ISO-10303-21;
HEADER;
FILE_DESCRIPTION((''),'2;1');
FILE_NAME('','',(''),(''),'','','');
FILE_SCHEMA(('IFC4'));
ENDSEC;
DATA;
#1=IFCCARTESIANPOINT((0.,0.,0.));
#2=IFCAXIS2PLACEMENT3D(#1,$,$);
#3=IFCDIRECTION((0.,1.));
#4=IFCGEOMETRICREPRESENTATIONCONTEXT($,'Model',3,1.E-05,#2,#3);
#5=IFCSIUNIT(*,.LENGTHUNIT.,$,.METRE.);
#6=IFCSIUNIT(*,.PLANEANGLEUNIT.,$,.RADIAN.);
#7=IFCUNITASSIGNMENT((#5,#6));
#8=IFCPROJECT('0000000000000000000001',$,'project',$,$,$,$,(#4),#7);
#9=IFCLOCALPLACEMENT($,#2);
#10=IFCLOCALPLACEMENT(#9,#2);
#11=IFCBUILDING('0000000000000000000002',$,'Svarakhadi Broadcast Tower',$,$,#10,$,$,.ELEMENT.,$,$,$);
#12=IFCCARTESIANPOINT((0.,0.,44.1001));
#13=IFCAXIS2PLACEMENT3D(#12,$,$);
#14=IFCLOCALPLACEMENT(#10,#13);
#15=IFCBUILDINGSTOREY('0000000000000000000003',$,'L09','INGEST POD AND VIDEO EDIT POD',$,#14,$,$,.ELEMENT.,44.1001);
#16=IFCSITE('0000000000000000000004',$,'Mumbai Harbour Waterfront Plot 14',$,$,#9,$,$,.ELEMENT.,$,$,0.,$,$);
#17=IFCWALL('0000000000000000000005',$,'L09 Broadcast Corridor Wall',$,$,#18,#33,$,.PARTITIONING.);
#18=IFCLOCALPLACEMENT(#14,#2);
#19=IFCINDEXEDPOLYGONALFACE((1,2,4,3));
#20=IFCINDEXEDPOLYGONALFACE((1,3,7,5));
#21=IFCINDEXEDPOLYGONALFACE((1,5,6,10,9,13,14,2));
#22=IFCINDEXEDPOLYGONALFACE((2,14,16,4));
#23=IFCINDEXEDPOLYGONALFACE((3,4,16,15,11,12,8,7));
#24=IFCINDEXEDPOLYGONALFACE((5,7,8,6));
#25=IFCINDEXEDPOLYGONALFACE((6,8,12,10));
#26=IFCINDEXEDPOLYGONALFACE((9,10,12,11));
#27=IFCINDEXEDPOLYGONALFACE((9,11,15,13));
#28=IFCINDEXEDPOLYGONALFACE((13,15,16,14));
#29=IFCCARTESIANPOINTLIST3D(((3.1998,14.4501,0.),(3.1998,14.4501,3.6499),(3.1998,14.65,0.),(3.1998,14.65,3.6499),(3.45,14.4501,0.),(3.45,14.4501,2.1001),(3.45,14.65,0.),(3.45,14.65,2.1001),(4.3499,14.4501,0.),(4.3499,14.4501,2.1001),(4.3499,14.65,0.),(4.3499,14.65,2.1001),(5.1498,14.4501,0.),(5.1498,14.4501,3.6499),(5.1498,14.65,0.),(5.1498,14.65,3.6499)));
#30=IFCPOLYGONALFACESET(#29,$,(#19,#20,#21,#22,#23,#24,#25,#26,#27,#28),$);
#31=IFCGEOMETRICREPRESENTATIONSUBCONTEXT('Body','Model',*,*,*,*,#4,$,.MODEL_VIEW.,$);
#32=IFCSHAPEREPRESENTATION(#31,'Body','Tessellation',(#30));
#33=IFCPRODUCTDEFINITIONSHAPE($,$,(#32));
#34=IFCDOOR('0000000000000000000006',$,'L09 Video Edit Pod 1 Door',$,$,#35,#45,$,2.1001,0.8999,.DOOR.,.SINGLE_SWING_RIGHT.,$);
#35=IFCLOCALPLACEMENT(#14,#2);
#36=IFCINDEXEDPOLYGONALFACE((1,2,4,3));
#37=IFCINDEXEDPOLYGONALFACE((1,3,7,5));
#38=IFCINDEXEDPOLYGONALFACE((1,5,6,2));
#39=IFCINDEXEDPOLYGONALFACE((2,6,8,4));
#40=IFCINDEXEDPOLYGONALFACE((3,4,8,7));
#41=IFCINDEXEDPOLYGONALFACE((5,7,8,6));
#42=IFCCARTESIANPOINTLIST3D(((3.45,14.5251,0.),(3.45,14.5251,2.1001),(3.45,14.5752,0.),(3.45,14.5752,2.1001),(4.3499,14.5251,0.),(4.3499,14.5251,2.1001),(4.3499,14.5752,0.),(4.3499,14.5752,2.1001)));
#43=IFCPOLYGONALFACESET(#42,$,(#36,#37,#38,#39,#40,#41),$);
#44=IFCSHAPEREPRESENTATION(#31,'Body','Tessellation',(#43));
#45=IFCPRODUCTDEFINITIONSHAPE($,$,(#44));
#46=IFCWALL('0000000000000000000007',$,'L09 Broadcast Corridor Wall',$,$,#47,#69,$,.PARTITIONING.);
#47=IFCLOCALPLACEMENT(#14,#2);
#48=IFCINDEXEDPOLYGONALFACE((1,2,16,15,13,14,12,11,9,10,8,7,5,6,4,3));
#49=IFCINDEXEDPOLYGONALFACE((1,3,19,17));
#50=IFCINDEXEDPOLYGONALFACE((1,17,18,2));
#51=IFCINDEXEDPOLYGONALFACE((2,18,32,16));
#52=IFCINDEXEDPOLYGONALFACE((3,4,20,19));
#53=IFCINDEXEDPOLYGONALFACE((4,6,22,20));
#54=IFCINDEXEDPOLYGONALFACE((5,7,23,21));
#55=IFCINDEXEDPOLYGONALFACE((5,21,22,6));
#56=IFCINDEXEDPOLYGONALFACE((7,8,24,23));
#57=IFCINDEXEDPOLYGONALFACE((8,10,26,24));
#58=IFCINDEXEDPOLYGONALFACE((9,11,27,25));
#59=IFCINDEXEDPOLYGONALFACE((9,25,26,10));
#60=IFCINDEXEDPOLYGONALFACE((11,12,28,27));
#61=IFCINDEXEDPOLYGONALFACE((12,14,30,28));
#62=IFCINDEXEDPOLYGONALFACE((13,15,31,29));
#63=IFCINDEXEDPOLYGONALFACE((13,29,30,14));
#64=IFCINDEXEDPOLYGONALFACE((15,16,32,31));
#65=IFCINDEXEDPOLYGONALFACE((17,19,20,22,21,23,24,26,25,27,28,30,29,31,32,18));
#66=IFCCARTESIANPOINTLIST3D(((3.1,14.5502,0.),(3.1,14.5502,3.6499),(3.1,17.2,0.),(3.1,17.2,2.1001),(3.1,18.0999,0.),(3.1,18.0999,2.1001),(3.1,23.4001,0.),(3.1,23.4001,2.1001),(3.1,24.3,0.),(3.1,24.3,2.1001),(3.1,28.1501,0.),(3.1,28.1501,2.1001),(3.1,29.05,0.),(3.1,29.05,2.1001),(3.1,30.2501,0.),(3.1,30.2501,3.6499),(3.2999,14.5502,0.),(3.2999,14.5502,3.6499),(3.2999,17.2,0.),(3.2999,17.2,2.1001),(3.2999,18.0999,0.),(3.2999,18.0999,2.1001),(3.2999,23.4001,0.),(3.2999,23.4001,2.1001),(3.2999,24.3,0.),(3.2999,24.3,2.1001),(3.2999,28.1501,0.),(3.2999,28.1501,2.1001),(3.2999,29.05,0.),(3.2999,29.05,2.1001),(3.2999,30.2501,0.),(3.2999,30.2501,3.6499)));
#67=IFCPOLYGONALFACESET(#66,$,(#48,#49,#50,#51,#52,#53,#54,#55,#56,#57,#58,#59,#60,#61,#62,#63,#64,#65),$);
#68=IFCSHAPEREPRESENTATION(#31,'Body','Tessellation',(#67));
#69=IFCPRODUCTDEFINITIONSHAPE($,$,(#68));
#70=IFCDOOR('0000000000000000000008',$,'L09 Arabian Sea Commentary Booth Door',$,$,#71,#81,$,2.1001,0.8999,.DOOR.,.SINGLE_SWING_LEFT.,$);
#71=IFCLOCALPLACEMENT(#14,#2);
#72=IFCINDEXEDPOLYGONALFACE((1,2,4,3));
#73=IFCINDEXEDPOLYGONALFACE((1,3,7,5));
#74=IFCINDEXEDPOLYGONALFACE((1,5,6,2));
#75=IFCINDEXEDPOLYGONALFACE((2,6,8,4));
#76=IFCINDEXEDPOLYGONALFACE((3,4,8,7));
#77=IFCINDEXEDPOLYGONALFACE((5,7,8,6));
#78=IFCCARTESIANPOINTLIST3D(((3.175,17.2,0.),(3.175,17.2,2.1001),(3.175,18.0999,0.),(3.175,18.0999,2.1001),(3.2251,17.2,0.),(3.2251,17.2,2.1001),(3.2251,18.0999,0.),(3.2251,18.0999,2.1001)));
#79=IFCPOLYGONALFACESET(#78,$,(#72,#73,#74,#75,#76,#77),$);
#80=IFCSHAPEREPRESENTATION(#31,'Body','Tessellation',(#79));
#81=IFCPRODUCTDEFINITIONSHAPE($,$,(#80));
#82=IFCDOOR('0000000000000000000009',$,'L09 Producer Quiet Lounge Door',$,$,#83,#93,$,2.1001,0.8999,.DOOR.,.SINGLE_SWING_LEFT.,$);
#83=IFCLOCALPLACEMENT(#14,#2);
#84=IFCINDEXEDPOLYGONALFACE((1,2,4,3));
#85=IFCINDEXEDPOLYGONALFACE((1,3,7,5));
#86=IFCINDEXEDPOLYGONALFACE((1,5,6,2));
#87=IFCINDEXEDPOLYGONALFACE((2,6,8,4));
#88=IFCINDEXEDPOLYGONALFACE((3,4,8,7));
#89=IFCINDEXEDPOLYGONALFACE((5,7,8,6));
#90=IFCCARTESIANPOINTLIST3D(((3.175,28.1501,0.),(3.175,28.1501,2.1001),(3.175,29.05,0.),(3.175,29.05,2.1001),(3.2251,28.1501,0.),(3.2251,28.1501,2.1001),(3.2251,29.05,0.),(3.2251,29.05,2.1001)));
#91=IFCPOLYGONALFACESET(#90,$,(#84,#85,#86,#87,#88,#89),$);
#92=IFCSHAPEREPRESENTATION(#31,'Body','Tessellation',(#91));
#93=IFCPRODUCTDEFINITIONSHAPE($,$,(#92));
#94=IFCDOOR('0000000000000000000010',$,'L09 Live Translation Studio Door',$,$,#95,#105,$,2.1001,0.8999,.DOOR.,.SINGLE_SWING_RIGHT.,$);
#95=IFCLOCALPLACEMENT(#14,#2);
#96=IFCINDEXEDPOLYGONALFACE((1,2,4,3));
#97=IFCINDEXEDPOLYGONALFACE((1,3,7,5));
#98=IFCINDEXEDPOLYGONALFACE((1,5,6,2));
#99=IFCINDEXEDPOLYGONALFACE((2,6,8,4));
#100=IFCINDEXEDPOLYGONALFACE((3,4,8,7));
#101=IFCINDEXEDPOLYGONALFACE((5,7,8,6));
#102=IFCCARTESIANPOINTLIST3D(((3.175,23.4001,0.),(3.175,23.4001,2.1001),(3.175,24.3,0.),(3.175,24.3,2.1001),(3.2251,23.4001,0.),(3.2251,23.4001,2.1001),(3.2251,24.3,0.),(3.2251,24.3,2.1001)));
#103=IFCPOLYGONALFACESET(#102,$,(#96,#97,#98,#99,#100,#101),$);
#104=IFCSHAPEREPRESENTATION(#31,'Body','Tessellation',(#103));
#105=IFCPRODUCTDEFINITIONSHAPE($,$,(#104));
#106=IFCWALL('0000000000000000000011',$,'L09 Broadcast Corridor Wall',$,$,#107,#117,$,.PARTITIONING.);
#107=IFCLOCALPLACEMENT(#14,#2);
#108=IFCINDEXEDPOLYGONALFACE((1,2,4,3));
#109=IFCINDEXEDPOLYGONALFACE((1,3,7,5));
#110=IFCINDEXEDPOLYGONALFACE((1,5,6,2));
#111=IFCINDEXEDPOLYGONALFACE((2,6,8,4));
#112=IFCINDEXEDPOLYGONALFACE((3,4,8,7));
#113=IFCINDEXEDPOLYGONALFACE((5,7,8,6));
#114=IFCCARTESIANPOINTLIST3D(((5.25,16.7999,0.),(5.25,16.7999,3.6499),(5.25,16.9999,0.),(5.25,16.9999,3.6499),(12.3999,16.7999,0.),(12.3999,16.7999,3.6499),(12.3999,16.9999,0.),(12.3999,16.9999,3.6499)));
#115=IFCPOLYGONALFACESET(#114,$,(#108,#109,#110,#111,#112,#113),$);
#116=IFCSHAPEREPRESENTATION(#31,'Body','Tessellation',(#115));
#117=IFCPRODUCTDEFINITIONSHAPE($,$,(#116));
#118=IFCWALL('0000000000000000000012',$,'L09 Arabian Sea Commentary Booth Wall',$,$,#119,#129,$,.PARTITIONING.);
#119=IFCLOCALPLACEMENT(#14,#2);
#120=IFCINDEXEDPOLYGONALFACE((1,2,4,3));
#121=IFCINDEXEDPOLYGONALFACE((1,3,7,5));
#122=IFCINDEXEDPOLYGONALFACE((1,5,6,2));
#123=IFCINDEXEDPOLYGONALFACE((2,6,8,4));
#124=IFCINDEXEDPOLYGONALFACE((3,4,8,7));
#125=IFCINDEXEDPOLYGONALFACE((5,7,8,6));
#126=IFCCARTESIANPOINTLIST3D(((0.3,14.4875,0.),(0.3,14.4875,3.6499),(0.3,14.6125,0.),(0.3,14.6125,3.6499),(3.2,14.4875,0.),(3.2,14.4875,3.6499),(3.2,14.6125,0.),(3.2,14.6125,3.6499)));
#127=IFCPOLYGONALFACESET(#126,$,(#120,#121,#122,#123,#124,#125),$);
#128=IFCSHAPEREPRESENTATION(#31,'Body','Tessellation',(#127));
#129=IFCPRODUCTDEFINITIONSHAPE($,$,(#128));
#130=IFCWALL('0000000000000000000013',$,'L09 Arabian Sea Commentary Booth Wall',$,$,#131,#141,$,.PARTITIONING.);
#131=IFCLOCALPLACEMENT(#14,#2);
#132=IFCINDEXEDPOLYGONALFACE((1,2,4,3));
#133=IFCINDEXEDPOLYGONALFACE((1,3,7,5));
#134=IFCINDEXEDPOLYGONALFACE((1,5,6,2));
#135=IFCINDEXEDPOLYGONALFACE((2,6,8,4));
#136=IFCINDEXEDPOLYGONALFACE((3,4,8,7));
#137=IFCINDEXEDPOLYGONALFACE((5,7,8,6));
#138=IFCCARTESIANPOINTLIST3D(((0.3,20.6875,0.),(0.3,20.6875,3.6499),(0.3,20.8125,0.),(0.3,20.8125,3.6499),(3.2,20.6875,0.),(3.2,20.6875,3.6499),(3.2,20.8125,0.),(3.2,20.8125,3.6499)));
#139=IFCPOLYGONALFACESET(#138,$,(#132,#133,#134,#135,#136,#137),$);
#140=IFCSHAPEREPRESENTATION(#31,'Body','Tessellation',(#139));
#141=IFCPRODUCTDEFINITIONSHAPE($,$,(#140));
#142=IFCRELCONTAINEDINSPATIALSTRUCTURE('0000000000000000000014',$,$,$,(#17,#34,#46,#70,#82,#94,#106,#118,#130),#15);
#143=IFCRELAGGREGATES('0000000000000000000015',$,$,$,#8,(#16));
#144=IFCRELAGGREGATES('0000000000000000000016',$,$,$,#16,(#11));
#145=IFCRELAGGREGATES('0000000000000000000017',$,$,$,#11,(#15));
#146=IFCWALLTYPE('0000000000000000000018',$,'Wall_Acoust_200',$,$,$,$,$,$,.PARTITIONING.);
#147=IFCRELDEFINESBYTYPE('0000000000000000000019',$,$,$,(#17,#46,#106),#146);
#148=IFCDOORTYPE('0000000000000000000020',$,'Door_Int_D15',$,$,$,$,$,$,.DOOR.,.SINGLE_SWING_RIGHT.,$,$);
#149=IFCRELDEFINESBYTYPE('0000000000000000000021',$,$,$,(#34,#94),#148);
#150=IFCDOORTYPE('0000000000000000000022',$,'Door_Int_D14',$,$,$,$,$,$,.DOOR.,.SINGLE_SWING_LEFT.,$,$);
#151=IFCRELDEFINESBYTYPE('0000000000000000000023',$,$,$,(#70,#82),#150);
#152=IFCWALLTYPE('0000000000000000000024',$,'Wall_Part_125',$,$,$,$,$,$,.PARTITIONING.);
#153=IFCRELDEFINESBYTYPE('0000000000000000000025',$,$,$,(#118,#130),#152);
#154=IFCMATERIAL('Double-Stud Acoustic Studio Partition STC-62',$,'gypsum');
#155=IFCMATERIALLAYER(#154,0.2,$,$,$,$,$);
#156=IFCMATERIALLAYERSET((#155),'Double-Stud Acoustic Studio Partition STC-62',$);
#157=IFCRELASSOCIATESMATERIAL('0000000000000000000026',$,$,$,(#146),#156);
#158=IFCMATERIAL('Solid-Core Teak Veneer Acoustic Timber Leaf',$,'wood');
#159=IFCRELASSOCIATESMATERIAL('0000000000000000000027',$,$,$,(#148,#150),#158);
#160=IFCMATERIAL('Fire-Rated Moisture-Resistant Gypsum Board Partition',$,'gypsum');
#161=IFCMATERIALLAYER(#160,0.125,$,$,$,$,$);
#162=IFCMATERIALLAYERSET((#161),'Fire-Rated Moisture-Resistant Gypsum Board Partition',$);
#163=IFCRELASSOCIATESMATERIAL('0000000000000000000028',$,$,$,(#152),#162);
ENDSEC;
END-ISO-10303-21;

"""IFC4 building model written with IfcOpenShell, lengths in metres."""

from ifc_helpers import new_model, si_unit, direction, frame, frame_2d, origin, place, context, subcontext, project, spatial, rectangle, extrude, material, layer, layer_set, type_object, element, fill, save


model = new_model("IFC4")

# Units and contexts
model_context = context("Model", 3, precision=1e-05, world=origin(), true_north=direction((0.0, 1.0)))
body_context = subcontext(model_context, "Body", "Model", "MODEL_VIEW")
ifc_project = project(units=[si_unit("LENGTHUNIT", "METRE"), si_unit("PLANEANGLEUNIT", "RADIAN")], contexts=[model_context])

# Site, building, storey
site_placement = place(None, origin())
site = spatial("IfcSite", under=ifc_project, at=site_placement, Name="Mumbai Harbour Waterfront Plot 14", CompositionType="ELEMENT", RefElevation=0.0)
building_placement = place(site_placement, origin())
building = spatial("IfcBuilding", under=site, at=building_placement, Name="Svarakhadi Broadcast Tower", CompositionType="ELEMENT")
storey_placement = place(building_placement, frame((0.0, 0.0, 44.1001)))
storey = spatial("IfcBuildingStorey", under=building, at=storey_placement, Name="L09", Description="INGEST POD AND VIDEO EDIT POD", CompositionType="ELEMENT", Elevation=44.1001)

# Wall, opening, door
ifc_material_1 = material(Name="Double-Stud Acoustic Studio Partition STC-62", Category="gypsum")
ifc_layer_1 = layer(ifc_material_1, 0.2)
ifc_layer_set_1 = layer_set([ifc_layer_1], Name="Double-Stud Acoustic Studio Partition STC-62")
wall_type_1 = type_object("IfcWallType", Name="Wall_Acoust_200", PredefinedType="PARTITIONING", material=ifc_layer_set_1)
wall_1_placement = place(storey_placement, frame((5.1499, 14.55, 0.0), z_axis=(0.0, 0.0, 1.0), x_axis=(-1.0, 0.0, 0.0)))
wall_1 = element("IfcWall", 1, at=wall_1_placement, inside=storey, type_object=wall_type_1, Name="L09 Broadcast Corridor Wall", PredefinedType="PARTITIONING", context=body_context, shape_type="SweptSolid", body=[
    extrude(rectangle(XDim=1.95, YDim=0.2, at=frame_2d((0.9751, 0.0))), origin(), (0.0, 0.0, 1.0), 3.6499),
])
opening_1_placement = place(wall_1_placement, frame((0.8, 0.0, 0.0)))
opening_1 = element("IfcOpeningElement", 2, at=opening_1_placement, cuts=wall_1, PredefinedType="OPENING", context=body_context, shape_type="SweptSolid", body=[
    extrude(rectangle(XDim=0.8999, YDim=2.1001, at=frame_2d((0.45, 1.05))), frame((0.0, 0.1099, 0.0), z_axis=(0.0, -1.0, 0.0), x_axis=(1.0, 0.0, 0.0)), (0.0, 0.0, 1.0), 0.22),
])
ifc_material_2 = material(Name="Solid-Core Teak Veneer Acoustic Timber Leaf", Category="wood")
door_type_1 = type_object("IfcDoorType", Name="Door_Int_D15", OperationType="SINGLE_SWING_RIGHT", PredefinedType="DOOR", material=ifc_material_2)
door_1_placement = place(opening_1_placement, origin())
door_1 = element("IfcDoor", 3, at=door_1_placement, inside=storey, type_object=door_type_1, Name="L09 Video Edit Pod 1 Door", OperationType="SINGLE_SWING_RIGHT", OverallHeight=2.1001, OverallWidth=0.8999, PredefinedType="DOOR", context=body_context, shape_type="SweptSolid", body=[
    extrude(rectangle(XDim=0.8999, YDim=2.1001, at=frame_2d((0.45, 1.05))), frame((0.0, 0.0249, 0.0), z_axis=(0.0, -1.0, 0.0), x_axis=(1.0, 0.0, 0.0)), (0.0, 0.0, 1.0), 0.05),
])
fill(opening_1, door_1)

# Wall, openings, doors
wall_2_placement = place(storey_placement, frame((3.2, 14.55, 0.0), z_axis=(0.0, 0.0, 1.0), x_axis=(0.0, 1.0, 0.0)))
wall_2 = element("IfcWall", 4, at=wall_2_placement, inside=storey, type_object=wall_type_1, Name="L09 Broadcast Corridor Wall", PredefinedType="PARTITIONING", context=body_context, shape_type="SweptSolid", body=[
    extrude(rectangle(XDim=15.7, YDim=0.2, at=frame_2d((7.8501, 0.0))), origin(), (0.0, 0.0, 1.0), 3.6499),
])
opening_2_placement = place(wall_2_placement, frame((2.6499, 0.0, 0.0)))
opening_2 = element("IfcOpeningElement", 5, at=opening_2_placement, cuts=wall_2, PredefinedType="OPENING", context=body_context, shape_type="SweptSolid", body=[
    extrude(rectangle(XDim=0.8999, YDim=2.1001, at=frame_2d((0.45, 1.05))), frame((0.0, 0.1099, 0.0), z_axis=(0.0, -1.0, 0.0), x_axis=(1.0, 0.0, 0.0)), (0.0, 0.0, 1.0), 0.22),
])
opening_3_placement = place(wall_2_placement, frame((8.8501, 0.0, 0.0)))
opening_3 = element("IfcOpeningElement", 6, at=opening_3_placement, cuts=wall_2, PredefinedType="OPENING", context=body_context, shape_type="SweptSolid", body=[
    extrude(rectangle(XDim=0.8999, YDim=2.1001, at=frame_2d((0.45, 1.05))), frame((0.0, 0.1099, 0.0), z_axis=(0.0, -1.0, 0.0), x_axis=(1.0, 0.0, 0.0)), (0.0, 0.0, 1.0), 0.22),
])
opening_4_placement = place(wall_2_placement, frame((13.6001, 0.0, 0.0)))
opening_4 = element("IfcOpeningElement", 7, at=opening_4_placement, cuts=wall_2, PredefinedType="OPENING", context=body_context, shape_type="SweptSolid", body=[
    extrude(rectangle(XDim=0.8999, YDim=2.1001, at=frame_2d((0.45, 1.05))), frame((0.0, 0.1099, 0.0), z_axis=(0.0, -1.0, 0.0), x_axis=(1.0, 0.0, 0.0)), (0.0, 0.0, 1.0), 0.22),
])
door_type_2 = type_object("IfcDoorType", Name="Door_Int_D14", OperationType="SINGLE_SWING_LEFT", PredefinedType="DOOR", material=ifc_material_2)
door_2_placement = place(opening_2_placement, origin())
door_2 = element("IfcDoor", 8, at=door_2_placement, inside=storey, type_object=door_type_2, Name="L09 Arabian Sea Commentary Booth Door", OperationType="SINGLE_SWING_LEFT", OverallHeight=2.1001, OverallWidth=0.8999, PredefinedType="DOOR", context=body_context, shape_type="SweptSolid", body=[
    extrude(rectangle(XDim=0.8999, YDim=2.1001, at=frame_2d((0.45, 1.05))), frame((0.0, 0.0249, 0.0), z_axis=(0.0, -1.0, 0.0), x_axis=(1.0, 0.0, 0.0)), (0.0, 0.0, 1.0), 0.05),
])
fill(opening_2, door_2)
door_3_placement = place(opening_4_placement, origin())
door_3 = element("IfcDoor", 9, at=door_3_placement, inside=storey, type_object=door_type_2, Name="L09 Producer Quiet Lounge Door", OperationType="SINGLE_SWING_LEFT", OverallHeight=2.1001, OverallWidth=0.8999, PredefinedType="DOOR", context=body_context, shape_type="SweptSolid", body=[
    extrude(rectangle(XDim=0.8999, YDim=2.1001, at=frame_2d((0.45, 1.05))), frame((0.0, 0.0249, 0.0), z_axis=(0.0, -1.0, 0.0), x_axis=(1.0, 0.0, 0.0)), (0.0, 0.0, 1.0), 0.05),
])
fill(opening_4, door_3)
door_4_placement = place(opening_3_placement, origin())
door_4 = element("IfcDoor", 10, at=door_4_placement, inside=storey, type_object=door_type_1, Name="L09 Live Translation Studio Door", OperationType="SINGLE_SWING_RIGHT", OverallHeight=2.1001, OverallWidth=0.8999, PredefinedType="DOOR", context=body_context, shape_type="SweptSolid", body=[
    extrude(rectangle(XDim=0.8999, YDim=2.1001, at=frame_2d((0.45, 1.05))), frame((0.0, 0.0249, 0.0), z_axis=(0.0, -1.0, 0.0), x_axis=(1.0, 0.0, 0.0)), (0.0, 0.0, 1.0), 0.05),
])
fill(opening_3, door_4)

# Walls
wall_3_placement = place(storey_placement, frame((5.25, 16.8999, 0.0), z_axis=(0.0, 0.0, 1.0), x_axis=(1.0, 0.0, 0.0)))
element("IfcWall", 11, at=wall_3_placement, inside=storey, type_object=wall_type_1, Name="L09 Broadcast Corridor Wall", PredefinedType="PARTITIONING", context=body_context, shape_type="SweptSolid", body=[
    extrude(rectangle(XDim=7.1499, YDim=0.2, at=frame_2d((3.575, 0.0))), origin(), (0.0, 0.0, 1.0), 3.6499),
])
ifc_material_3 = material(Name="Fire-Rated Moisture-Resistant Gypsum Board Partition", Category="gypsum")
ifc_layer_2 = layer(ifc_material_3, 0.125)
ifc_layer_set_2 = layer_set([ifc_layer_2], Name="Fire-Rated Moisture-Resistant Gypsum Board Partition")
wall_type_2 = type_object("IfcWallType", Name="Wall_Part_125", PredefinedType="PARTITIONING", material=ifc_layer_set_2)
for number, where, z_axis, x_axis, name in (
    (12, (0.3, 14.55, 0.0), (0.0, 0.0, 1.0), (1.0, 0.0, 0.0), "L09 Arabian Sea Commentary Booth Wall"),
    (13, (0.3, 20.75, 0.0), (0.0, 0.0, 1.0), (1.0, 0.0, 0.0), "L09 Arabian Sea Commentary Booth Wall"),
):
    element("IfcWall", number, at=place(storey_placement, frame(where, z_axis=z_axis, x_axis=x_axis)), inside=storey, type_object=wall_type_2, Name=name, PredefinedType="PARTITIONING", context=body_context, shape_type="SweptSolid", body=[
        extrude(rectangle(XDim=2.8999, YDim=0.125, at=frame_2d((1.45, 0.0))), origin(), (0.0, 0.0, 1.0), 3.6499),
    ])

save(model, "model.ifc")
